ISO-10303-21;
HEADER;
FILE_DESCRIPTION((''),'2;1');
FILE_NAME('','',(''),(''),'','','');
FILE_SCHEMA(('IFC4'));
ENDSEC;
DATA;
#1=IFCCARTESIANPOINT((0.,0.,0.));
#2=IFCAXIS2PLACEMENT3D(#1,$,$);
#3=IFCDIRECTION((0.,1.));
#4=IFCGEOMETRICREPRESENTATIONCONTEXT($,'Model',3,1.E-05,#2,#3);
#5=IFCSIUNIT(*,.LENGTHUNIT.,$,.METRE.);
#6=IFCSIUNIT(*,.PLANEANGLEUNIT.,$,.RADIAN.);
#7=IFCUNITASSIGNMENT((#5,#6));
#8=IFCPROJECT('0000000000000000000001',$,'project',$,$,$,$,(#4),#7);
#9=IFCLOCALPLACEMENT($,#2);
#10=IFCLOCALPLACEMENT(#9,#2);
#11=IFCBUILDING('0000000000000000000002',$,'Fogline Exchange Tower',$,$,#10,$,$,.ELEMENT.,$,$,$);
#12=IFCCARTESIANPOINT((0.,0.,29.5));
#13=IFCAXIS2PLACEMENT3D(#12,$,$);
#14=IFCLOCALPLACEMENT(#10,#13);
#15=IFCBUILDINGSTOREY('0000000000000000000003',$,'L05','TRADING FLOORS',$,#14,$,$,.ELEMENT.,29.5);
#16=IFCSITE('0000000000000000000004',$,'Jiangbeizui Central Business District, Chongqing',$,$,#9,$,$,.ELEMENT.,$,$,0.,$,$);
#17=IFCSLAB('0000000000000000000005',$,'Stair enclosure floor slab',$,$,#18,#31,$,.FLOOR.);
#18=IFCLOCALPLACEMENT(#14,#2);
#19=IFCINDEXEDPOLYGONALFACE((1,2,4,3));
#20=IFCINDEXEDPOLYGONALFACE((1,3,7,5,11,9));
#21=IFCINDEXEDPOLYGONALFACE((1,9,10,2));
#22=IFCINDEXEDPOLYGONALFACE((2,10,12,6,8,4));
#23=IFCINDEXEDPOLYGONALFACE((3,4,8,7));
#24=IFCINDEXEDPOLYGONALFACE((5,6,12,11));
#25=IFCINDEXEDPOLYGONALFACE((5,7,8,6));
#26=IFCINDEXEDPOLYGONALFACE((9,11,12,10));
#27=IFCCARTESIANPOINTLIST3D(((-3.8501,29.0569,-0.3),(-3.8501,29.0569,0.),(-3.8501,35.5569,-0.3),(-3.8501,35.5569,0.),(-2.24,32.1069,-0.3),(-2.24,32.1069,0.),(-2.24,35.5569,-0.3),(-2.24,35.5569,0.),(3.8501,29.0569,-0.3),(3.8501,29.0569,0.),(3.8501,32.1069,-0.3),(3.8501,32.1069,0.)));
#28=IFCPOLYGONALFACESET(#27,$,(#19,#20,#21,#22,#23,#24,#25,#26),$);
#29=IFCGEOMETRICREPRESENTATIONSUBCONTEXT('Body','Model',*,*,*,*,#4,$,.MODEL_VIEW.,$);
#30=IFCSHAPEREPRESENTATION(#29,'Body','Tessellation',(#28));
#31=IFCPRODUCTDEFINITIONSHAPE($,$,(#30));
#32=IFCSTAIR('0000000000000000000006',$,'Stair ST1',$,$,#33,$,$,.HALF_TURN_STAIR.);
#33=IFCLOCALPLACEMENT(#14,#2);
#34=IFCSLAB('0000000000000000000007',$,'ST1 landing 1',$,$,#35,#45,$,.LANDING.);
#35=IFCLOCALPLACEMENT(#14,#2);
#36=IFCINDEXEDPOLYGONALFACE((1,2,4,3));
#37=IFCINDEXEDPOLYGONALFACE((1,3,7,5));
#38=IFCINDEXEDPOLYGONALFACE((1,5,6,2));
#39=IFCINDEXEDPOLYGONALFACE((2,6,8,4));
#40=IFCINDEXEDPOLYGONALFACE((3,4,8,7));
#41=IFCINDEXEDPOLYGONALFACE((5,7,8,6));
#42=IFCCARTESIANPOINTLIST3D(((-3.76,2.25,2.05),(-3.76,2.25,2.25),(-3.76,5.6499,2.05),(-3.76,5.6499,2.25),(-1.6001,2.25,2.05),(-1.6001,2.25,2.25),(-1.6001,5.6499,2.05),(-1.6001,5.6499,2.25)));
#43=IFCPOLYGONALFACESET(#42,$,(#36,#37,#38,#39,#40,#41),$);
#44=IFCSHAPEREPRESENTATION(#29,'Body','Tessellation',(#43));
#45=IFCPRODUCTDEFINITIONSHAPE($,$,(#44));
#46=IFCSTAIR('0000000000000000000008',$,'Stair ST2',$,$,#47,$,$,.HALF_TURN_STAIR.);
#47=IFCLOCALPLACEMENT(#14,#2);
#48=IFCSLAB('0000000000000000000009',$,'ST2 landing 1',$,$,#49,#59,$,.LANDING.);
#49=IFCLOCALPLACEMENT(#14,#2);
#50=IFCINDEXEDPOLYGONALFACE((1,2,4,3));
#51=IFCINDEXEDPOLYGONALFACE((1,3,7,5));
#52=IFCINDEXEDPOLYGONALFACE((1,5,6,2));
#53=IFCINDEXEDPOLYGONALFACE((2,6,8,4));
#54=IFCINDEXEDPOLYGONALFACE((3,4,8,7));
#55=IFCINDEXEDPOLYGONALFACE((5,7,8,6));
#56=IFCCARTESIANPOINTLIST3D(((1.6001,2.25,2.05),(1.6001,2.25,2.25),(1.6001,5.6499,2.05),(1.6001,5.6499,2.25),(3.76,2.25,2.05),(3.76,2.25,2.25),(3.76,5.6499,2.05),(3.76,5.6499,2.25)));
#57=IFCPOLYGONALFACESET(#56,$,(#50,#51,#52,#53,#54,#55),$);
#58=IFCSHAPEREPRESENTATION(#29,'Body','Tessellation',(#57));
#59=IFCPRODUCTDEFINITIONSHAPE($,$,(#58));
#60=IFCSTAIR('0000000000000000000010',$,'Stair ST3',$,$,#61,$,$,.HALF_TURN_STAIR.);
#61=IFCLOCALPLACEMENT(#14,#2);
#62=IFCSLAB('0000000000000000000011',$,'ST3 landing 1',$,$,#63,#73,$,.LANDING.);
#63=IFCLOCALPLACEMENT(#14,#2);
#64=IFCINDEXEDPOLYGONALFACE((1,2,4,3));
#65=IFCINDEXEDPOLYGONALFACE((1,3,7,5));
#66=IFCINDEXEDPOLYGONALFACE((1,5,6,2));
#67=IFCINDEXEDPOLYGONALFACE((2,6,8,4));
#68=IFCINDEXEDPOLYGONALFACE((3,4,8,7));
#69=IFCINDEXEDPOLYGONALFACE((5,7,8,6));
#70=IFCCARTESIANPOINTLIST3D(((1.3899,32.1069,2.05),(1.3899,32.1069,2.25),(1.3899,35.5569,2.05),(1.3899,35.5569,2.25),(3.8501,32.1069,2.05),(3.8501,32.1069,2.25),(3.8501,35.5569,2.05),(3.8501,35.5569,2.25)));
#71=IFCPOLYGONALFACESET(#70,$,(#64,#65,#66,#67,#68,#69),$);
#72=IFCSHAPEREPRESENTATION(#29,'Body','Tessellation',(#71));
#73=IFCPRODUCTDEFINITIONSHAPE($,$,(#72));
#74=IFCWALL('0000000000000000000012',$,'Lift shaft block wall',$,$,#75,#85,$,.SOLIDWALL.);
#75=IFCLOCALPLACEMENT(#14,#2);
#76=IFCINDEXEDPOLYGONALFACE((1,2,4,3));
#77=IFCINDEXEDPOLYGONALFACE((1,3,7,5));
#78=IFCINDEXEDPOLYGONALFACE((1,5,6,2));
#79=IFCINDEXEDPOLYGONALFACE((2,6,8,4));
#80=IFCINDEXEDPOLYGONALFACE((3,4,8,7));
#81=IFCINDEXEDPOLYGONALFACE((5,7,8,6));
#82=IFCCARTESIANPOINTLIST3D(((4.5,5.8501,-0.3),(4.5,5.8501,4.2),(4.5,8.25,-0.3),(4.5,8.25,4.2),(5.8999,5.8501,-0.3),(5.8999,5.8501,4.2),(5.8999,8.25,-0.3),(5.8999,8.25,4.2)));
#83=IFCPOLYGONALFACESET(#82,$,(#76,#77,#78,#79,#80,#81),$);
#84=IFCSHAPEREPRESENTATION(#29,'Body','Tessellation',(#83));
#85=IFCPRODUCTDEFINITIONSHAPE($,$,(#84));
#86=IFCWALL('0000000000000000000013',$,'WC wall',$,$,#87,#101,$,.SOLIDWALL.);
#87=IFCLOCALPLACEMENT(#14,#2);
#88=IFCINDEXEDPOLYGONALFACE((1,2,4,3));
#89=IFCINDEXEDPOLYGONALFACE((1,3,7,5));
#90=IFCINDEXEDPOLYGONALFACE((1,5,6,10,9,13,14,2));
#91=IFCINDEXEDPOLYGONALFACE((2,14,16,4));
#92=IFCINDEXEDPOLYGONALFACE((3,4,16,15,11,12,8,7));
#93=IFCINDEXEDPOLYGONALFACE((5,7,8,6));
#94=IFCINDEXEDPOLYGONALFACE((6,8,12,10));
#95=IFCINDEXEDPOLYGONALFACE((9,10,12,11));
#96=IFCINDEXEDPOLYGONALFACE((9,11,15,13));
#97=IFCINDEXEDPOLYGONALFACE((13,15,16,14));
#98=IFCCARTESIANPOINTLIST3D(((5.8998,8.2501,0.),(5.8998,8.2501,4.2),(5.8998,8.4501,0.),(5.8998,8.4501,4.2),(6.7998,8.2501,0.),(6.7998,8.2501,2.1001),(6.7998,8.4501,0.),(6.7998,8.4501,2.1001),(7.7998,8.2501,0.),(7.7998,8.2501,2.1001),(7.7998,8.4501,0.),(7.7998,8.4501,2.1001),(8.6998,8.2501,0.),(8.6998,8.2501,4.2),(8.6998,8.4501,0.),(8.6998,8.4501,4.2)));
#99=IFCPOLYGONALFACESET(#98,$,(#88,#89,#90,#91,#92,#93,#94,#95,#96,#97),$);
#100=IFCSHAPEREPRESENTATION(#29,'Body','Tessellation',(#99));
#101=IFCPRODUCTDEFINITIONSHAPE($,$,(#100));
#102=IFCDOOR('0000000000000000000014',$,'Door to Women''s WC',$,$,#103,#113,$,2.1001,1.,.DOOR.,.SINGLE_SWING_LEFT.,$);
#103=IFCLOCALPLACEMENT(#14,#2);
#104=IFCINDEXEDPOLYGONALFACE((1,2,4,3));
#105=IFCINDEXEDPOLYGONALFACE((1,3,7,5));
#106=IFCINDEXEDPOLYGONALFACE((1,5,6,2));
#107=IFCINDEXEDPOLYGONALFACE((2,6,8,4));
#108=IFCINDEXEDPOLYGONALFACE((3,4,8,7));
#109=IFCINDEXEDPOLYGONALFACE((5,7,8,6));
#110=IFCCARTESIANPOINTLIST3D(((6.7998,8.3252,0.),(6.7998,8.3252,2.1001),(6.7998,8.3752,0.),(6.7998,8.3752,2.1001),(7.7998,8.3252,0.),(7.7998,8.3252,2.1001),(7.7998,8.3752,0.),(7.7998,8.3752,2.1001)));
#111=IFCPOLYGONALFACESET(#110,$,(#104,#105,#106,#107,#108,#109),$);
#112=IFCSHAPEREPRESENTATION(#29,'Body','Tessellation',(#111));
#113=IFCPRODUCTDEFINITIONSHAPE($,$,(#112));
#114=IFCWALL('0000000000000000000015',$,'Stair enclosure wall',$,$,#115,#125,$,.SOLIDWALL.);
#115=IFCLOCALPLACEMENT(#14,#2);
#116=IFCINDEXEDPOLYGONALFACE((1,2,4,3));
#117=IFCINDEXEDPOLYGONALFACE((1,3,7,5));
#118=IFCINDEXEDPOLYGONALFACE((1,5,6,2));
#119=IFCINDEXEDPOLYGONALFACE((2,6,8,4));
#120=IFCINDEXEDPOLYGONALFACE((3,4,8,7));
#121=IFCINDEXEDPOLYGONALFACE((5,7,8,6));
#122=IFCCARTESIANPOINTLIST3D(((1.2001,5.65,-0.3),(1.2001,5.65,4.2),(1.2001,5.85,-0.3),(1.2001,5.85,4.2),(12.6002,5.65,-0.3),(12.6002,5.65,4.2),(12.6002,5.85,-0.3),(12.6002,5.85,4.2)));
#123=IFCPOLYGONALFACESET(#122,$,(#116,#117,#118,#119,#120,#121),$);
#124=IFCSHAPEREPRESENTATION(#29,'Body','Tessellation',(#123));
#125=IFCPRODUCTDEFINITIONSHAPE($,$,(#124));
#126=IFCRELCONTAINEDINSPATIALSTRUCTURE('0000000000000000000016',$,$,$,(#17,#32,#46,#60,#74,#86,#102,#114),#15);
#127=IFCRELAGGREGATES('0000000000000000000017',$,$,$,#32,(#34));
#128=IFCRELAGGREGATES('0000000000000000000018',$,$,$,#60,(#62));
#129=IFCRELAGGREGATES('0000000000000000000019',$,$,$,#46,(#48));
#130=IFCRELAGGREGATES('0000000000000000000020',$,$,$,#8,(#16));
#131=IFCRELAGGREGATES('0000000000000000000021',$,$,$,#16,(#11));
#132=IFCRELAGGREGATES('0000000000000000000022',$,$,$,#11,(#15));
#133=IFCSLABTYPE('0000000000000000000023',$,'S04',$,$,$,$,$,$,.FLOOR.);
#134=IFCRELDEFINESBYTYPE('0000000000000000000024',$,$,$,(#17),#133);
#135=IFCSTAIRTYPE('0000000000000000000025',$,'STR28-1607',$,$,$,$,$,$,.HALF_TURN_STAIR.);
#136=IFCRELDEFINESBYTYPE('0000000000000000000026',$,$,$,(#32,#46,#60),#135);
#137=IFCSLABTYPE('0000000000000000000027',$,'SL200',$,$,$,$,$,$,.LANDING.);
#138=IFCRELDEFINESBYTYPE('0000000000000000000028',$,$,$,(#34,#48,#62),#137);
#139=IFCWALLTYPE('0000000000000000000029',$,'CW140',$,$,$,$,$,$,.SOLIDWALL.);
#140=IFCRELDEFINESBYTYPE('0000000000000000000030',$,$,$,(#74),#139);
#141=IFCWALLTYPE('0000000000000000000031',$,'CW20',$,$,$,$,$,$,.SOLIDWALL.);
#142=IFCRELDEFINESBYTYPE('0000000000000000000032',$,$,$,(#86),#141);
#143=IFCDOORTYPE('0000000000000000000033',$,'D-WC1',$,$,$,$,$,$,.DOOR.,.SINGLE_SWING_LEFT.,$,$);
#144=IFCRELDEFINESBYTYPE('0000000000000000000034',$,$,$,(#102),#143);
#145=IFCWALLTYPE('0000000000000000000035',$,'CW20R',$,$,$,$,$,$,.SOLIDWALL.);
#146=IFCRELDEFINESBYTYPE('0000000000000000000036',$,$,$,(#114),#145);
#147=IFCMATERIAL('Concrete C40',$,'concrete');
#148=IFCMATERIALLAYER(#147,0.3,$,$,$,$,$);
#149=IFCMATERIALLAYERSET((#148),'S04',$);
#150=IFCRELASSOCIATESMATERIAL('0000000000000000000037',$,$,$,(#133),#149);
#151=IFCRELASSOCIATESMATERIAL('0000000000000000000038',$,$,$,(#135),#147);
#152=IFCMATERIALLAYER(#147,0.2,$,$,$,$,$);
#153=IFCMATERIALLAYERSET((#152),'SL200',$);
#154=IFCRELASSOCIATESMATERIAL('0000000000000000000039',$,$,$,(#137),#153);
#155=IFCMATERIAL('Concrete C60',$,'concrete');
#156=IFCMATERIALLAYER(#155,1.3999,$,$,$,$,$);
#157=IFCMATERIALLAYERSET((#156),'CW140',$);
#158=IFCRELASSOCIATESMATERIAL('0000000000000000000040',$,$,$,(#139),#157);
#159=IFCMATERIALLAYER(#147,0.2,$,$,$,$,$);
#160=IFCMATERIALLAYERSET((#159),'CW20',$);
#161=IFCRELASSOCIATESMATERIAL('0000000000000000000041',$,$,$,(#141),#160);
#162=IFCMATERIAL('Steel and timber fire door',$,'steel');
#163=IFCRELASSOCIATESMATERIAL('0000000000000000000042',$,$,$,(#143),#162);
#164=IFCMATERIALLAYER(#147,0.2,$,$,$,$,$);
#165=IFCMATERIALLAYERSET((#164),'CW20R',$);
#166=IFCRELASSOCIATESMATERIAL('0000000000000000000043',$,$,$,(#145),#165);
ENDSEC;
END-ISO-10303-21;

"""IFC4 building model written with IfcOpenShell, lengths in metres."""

from ifc_helpers import new_model, si_unit, direction, frame, frame_2d, origin, place, context, subcontext, project, spatial, polyline, rectangle, outline, extrude, material, layer, layer_set, type_object, element, fill, aggregate, save


model = new_model("IFC4")

# Units and contexts
model_context = context("Model", 3, precision=1e-05, world=origin(), true_north=direction((0.0, 1.0)))
body_context = subcontext(model_context, "Body", "Model", "MODEL_VIEW")
ifc_project = project(units=[si_unit("LENGTHUNIT", "METRE"), si_unit("PLANEANGLEUNIT", "RADIAN")], contexts=[model_context])

# Site, building, storey
site_placement = place(None, origin())
site = spatial("IfcSite", under=ifc_project, at=site_placement, Name="Jiangbeizui Central Business District, Chongqing", CompositionType="ELEMENT", RefElevation=0.0)
building_placement = place(site_placement, origin())
building = spatial("IfcBuilding", under=site, at=building_placement, Name="Fogline Exchange Tower", CompositionType="ELEMENT")
storey_placement = place(building_placement, frame((0.0, 0.0, 29.5)))
storey = spatial("IfcBuildingStorey", under=building, at=storey_placement, Name="L05", Description="TRADING FLOORS", CompositionType="ELEMENT", Elevation=29.5)

# Slab
ifc_material_1 = material(Name="Concrete C40", Category="concrete")
ifc_layer_1 = layer(ifc_material_1, 0.3)
ifc_layer_set_1 = layer_set([ifc_layer_1], Name="S04")
slab_type_1 = type_object("IfcSlabType", Name="S04", PredefinedType="FLOOR", material=ifc_layer_set_1)
slab_1_placement = place(storey_placement, frame((0.0, 0.0, -0.3)))
element("IfcSlab", 1, at=slab_1_placement, inside=storey, type_object=slab_type_1, Name="Stair enclosure floor slab", PredefinedType="FLOOR", context=body_context, shape_type="SweptSolid", body=[
    extrude(outline(polyline([(3.8501, 29.0569), (-3.8501, 29.0569), (-3.8501, 35.5569), (-2.24, 35.5569), (-2.24, 32.1069), (3.8501, 32.1069), (3.8501, 29.0569)])), origin(), (0.0, 0.0, 1.0), 0.3),
])

# Stairs, slabs
stair_type = type_object("IfcStairType", Name="STR28-1607", PredefinedType="HALF_TURN_STAIR", material=ifc_material_1)
stair_1_placement = place(storey_placement, origin())
stair_1 = element("IfcStair", 2, at=stair_1_placement, inside=storey, type_object=stair_type, Name="Stair ST1", PredefinedType="HALF_TURN_STAIR")
ifc_layer_2 = layer(ifc_material_1, 0.2)
ifc_layer_set_2 = layer_set([ifc_layer_2], Name="SL200")
slab_type_2 = type_object("IfcSlabType", Name="SL200", PredefinedType="LANDING", material=ifc_layer_set_2)
slab_2_placement = place(storey_placement, frame((0.0, 0.0, 2.05)))
slab_2 = element("IfcSlab", 3, at=slab_2_placement, type_object=slab_type_2, Name="ST1 landing 1", PredefinedType="LANDING", context=body_context, shape_type="SweptSolid", body=[
    extrude(outline(polyline([(-3.76, 2.25), (-1.6001, 2.25), (-1.6001, 5.6499), (-3.76, 5.6499), (-3.76, 2.25)])), origin(), (0.0, 0.0, 1.0), 0.2),
])
aggregate(stair_1, [slab_2])
stair_2_placement = place(storey_placement, origin())
stair_2 = element("IfcStair", 4, at=stair_2_placement, inside=storey, type_object=stair_type, Name="Stair ST2", PredefinedType="HALF_TURN_STAIR")
slab_3_placement = place(storey_placement, frame((0.0, 0.0, 2.05)))
slab_3 = element("IfcSlab", 5, at=slab_3_placement, type_object=slab_type_2, Name="ST2 landing 1", PredefinedType="LANDING", context=body_context, shape_type="SweptSolid", body=[
    extrude(outline(polyline([(1.6001, 2.25), (3.76, 2.25), (3.76, 5.6499), (1.6001, 5.6499), (1.6001, 2.25)])), origin(), (0.0, 0.0, 1.0), 0.2),
])
stair_3_placement = place(storey_placement, origin())
stair_3 = element("IfcStair", 6, at=stair_3_placement, inside=storey, type_object=stair_type, Name="Stair ST3", PredefinedType="HALF_TURN_STAIR")
slab_4_placement = place(storey_placement, frame((0.0, 0.0, 2.05)))
slab_4 = element("IfcSlab", 7, at=slab_4_placement, type_object=slab_type_2, Name="ST3 landing 1", PredefinedType="LANDING", context=body_context, shape_type="SweptSolid", body=[
    extrude(outline(polyline([(1.3899, 32.1069), (3.8501, 32.1069), (3.8501, 35.5569), (1.3899, 35.5569), (1.3899, 32.1069)])), origin(), (0.0, 0.0, 1.0), 0.2),
])
aggregate(stair_3, [slab_4])

# Wall
ifc_material_2 = material(Name="Concrete C60", Category="concrete")
ifc_layer_3 = layer(ifc_material_2, 1.3999)
ifc_layer_set_3 = layer_set([ifc_layer_3], Name="CW140")
wall_type_1 = type_object("IfcWallType", Name="CW140", PredefinedType="SOLIDWALL", material=ifc_layer_set_3)
wall_1_placement = place(storey_placement, frame((5.2, 5.8501, -0.3), z_axis=(0.0, 0.0, 1.0), x_axis=(0.0, 1.0, 0.0)))
element("IfcWall", 8, at=wall_1_placement, inside=storey, type_object=wall_type_1, Name="Lift shaft block wall", PredefinedType="SOLIDWALL", context=body_context, shape_type="SweptSolid", body=[
    extrude(rectangle(XDim=2.3999, YDim=1.3999, at=frame_2d((1.2, 0.0))), origin(), (0.0, 0.0, 1.0), 4.5),
])

# Wall, opening, door
ifc_layer_4 = layer(ifc_material_1, 0.2)
ifc_layer_set_4 = layer_set([ifc_layer_4], Name="CW20")
wall_type_2 = type_object("IfcWallType", Name="CW20", PredefinedType="SOLIDWALL", material=ifc_layer_set_4)
wall_2_placement = place(storey_placement, frame((5.8999, 8.3501, 0.0), z_axis=(0.0, 0.0, 1.0), x_axis=(1.0, 0.0, 0.0)))
wall_2 = element("IfcWall", 9, at=wall_2_placement, inside=storey, type_object=wall_type_2, Name="WC wall", PredefinedType="SOLIDWALL", context=body_context, shape_type="SweptSolid", body=[
    extrude(rectangle(XDim=2.8, YDim=0.2, at=frame_2d((1.3999, 0.0))), origin(), (0.0, 0.0, 1.0), 4.2),
])
opening_1_placement = place(wall_2_placement, frame((0.8999, 0.0, 0.0)))
opening_1 = element("IfcOpeningElement", 10, at=opening_1_placement, cuts=wall_2, PredefinedType="OPENING", context=body_context, shape_type="SweptSolid", body=[
    extrude(rectangle(XDim=1.0, YDim=2.1001, at=frame_2d((0.5, 1.05))), frame((0.0, 0.1099, 0.0), z_axis=(0.0, -1.0, 0.0), x_axis=(1.0, 0.0, 0.0)), (0.0, 0.0, 1.0), 0.22),
])
ifc_material_3 = material(Name="Steel and timber fire door", Category="steel")
door_type_1 = type_object("IfcDoorType", Name="D-WC1", OperationType="SINGLE_SWING_LEFT", PredefinedType="DOOR", material=ifc_material_3)
door_1_placement = place(opening_1_placement, frame((1.0, 0.0, 0.0), z_axis=(0.0, 0.0, 1.0), x_axis=(-1.0, 0.0, 0.0)))
door_1 = element("IfcDoor", 11, at=door_1_placement, inside=storey, type_object=door_type_1, Name="Door to Women's WC", OperationType="SINGLE_SWING_LEFT", OverallHeight=2.1001, OverallWidth=1.0, PredefinedType="DOOR", context=body_context, shape_type="SweptSolid", body=[
    extrude(rectangle(XDim=1.0, YDim=2.1001, at=frame_2d((0.5, 1.05))), frame((0.0, 0.0249, 0.0), z_axis=(0.0, -1.0, 0.0), x_axis=(1.0, 0.0, 0.0)), (0.0, 0.0, 1.0), 0.05),
])
fill(opening_1, door_1)

# Wall
ifc_layer_5 = layer(ifc_material_1, 0.2)
ifc_layer_set_5 = layer_set([ifc_layer_5], Name="CW20R")
wall_type_3 = type_object("IfcWallType", Name="CW20R", PredefinedType="SOLIDWALL", material=ifc_layer_set_5)
wall_3_placement = place(storey_placement, frame((1.2, 5.75, -0.3), z_axis=(0.0, 0.0, 1.0), x_axis=(1.0, 0.0, 0.0)))
element("IfcWall", 12, at=wall_3_placement, inside=storey, type_object=wall_type_3, Name="Stair enclosure wall", PredefinedType="SOLIDWALL", context=body_context, shape_type="SweptSolid", body=[
    extrude(rectangle(XDim=11.4001, YDim=0.2, at=frame_2d((5.7002, 0.0))), origin(), (0.0, 0.0, 1.0), 4.5),
])

aggregate(stair_2, [slab_3])

save(model, "model.ifc")
